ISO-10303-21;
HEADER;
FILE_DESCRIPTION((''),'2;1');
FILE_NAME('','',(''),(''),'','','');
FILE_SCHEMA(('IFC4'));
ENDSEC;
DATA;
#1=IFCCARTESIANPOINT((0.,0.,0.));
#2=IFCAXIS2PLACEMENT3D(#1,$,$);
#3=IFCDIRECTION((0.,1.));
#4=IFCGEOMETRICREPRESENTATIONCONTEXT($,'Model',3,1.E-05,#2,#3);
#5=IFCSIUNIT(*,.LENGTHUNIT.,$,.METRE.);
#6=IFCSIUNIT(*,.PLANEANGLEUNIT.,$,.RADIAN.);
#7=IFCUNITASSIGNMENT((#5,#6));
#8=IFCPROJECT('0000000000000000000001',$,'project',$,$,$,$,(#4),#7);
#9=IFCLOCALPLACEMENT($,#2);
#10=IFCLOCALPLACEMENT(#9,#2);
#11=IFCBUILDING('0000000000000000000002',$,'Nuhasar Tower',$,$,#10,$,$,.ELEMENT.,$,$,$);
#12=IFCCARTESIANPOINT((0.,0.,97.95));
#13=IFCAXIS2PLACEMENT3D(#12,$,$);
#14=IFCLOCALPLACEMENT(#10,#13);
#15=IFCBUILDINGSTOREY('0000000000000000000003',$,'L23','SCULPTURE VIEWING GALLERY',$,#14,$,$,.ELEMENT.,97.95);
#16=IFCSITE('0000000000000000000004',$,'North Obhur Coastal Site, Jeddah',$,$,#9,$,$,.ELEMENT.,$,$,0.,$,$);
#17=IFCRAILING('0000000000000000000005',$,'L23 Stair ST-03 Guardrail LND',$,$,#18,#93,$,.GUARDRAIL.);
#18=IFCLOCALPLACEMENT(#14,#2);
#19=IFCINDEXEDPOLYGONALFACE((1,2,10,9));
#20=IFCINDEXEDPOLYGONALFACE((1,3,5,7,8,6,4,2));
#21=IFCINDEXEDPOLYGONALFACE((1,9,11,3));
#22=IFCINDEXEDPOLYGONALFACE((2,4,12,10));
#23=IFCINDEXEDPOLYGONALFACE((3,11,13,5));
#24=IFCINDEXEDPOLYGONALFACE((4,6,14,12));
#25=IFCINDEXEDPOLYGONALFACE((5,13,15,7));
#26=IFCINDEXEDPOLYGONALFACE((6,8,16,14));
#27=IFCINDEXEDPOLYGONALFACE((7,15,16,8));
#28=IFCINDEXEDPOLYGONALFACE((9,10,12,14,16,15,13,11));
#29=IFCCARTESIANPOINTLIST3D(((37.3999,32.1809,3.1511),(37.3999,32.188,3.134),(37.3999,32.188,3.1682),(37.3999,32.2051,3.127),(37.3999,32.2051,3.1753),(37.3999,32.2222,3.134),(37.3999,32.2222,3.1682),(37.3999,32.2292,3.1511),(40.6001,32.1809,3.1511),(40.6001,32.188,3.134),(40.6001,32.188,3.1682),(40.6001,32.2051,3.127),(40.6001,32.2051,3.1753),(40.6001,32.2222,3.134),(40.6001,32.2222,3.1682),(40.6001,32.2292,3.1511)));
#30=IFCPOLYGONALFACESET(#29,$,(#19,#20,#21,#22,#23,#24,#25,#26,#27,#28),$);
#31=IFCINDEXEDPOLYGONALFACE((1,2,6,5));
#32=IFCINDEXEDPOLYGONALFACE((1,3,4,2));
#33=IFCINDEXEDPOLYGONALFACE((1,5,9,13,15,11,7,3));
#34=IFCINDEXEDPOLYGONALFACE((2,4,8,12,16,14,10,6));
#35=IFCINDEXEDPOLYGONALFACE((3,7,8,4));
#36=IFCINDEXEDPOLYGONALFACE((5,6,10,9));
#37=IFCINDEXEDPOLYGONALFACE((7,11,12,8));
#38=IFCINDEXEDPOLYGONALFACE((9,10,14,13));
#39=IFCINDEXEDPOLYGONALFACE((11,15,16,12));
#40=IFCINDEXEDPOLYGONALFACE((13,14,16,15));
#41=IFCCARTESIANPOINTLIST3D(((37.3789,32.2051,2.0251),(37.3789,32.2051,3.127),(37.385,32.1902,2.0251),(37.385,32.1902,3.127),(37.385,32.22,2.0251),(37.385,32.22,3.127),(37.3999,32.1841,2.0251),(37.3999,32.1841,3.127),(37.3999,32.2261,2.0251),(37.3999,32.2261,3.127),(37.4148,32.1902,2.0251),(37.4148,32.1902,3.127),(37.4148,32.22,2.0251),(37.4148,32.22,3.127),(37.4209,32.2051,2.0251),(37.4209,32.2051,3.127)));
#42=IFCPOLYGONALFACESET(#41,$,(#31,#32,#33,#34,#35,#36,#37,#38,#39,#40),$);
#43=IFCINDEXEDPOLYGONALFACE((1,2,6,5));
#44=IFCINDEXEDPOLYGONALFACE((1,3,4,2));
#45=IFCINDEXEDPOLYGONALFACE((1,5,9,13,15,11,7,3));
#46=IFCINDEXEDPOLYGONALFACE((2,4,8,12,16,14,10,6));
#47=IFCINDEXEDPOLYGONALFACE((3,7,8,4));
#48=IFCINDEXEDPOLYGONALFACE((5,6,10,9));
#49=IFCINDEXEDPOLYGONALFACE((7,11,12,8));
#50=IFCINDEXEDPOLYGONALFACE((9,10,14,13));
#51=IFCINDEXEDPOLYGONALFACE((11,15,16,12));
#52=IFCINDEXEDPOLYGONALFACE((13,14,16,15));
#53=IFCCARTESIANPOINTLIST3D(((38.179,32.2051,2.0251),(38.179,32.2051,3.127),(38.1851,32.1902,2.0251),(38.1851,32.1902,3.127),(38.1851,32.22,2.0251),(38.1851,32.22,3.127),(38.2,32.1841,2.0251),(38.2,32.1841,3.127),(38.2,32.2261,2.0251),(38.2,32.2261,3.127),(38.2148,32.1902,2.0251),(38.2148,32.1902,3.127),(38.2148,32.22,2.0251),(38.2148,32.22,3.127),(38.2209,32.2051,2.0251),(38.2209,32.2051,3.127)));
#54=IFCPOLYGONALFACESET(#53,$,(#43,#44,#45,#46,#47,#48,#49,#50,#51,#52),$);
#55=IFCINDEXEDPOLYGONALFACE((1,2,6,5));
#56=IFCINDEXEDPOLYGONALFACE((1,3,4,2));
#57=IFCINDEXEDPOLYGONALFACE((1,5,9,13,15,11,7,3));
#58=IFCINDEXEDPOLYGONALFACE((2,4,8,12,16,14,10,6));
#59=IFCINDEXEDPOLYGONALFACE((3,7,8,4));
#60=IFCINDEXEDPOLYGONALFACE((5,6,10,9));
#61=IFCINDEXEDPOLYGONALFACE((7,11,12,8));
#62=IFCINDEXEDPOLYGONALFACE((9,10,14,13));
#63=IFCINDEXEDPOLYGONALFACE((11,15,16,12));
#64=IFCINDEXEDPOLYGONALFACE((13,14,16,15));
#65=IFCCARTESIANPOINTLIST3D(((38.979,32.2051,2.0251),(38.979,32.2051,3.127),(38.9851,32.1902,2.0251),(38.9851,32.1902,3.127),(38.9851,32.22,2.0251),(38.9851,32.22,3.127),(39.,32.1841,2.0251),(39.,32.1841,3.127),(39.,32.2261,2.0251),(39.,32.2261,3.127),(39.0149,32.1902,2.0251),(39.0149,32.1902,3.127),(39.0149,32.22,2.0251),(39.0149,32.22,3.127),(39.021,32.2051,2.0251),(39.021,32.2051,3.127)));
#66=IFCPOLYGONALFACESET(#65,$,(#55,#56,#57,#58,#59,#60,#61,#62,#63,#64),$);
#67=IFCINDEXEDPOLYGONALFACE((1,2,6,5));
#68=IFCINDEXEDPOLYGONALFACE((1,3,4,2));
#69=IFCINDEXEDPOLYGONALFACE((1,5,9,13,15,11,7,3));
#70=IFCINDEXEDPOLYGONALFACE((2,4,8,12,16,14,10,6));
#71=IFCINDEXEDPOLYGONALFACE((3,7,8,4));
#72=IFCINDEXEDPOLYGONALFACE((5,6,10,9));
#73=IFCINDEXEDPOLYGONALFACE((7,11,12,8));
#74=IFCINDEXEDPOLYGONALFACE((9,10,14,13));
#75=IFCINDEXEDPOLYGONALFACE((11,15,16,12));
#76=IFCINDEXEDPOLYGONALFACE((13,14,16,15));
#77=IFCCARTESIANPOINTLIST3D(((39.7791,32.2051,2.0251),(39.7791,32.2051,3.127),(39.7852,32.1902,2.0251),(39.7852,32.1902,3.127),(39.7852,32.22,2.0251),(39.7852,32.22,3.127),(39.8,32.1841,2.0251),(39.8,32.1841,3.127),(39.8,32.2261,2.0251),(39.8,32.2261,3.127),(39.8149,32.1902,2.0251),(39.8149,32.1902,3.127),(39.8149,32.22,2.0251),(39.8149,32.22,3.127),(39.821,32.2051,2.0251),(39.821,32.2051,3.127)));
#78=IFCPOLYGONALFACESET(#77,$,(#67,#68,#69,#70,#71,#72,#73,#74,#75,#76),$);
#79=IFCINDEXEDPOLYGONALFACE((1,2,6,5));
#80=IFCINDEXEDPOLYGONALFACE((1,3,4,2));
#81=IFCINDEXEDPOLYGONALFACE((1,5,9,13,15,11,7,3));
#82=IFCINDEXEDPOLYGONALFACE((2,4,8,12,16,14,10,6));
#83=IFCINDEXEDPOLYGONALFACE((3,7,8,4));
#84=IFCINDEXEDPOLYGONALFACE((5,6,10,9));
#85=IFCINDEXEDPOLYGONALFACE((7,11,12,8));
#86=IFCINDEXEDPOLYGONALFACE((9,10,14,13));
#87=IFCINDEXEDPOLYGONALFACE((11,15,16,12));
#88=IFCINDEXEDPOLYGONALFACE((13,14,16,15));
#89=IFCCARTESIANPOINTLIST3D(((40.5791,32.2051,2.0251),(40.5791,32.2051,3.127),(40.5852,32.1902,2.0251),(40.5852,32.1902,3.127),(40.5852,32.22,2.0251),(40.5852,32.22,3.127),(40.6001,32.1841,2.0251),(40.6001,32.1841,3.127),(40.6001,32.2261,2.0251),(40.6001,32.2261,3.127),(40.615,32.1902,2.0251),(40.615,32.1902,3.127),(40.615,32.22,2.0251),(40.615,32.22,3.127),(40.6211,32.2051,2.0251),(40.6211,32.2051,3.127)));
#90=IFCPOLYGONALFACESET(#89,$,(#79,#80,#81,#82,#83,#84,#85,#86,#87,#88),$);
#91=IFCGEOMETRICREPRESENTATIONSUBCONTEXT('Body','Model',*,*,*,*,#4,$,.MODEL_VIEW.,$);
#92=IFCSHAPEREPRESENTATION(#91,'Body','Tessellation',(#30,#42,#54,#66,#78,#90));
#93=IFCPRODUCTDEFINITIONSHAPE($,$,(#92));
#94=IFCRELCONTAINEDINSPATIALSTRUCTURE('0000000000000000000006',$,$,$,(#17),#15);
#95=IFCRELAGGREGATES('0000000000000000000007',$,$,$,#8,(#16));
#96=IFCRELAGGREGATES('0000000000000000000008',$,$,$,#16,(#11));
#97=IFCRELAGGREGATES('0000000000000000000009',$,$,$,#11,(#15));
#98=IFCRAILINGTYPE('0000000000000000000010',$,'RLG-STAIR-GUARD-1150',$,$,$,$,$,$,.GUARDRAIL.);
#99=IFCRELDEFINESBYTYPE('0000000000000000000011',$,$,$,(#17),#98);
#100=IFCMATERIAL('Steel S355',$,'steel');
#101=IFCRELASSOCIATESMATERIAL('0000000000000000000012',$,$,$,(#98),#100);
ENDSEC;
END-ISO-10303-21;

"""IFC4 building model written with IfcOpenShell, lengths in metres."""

from ifc_helpers import new_model, si_unit, direction, frame, origin, place, context, subcontext, project, spatial, polyline, outline, extrude, material, type_object, element, save


model = new_model("IFC4")

# Units and contexts
model_context = context("Model", 3, precision=1e-05, world=origin(), true_north=direction((0.0, 1.0)))
body_context = subcontext(model_context, "Body", "Model", "MODEL_VIEW")
ifc_project = project(units=[si_unit("LENGTHUNIT", "METRE"), si_unit("PLANEANGLEUNIT", "RADIAN")], contexts=[model_context])

# Site, building, storey
site_placement = place(None, origin())
site = spatial("IfcSite", under=ifc_project, at=site_placement, Name="North Obhur Coastal Site, Jeddah", CompositionType="ELEMENT", RefElevation=0.0)
building_placement = place(site_placement, origin())
building = spatial("IfcBuilding", under=site, at=building_placement, Name="Nuhasar Tower", CompositionType="ELEMENT")
storey_placement = place(building_placement, frame((0.0, 0.0, 97.95)))
storey = spatial("IfcBuildingStorey", under=building, at=storey_placement, Name="L23", Description="SCULPTURE VIEWING GALLERY", CompositionType="ELEMENT", Elevation=97.95)

# Shared definitions
ifc_material_1 = material(Name="Steel S355", Category="steel")

# Railing
railing_type_1 = type_object("IfcRailingType", Name="RLG-STAIR-GUARD-1150", PredefinedType="GUARDRAIL", material=ifc_material_1)
railing_1_placement = place(storey_placement, frame((37.3999, 32.2051, 2.0251)))
element("IfcRailing", 1, at=railing_1_placement, inside=storey, type_object=railing_type_1, Name="L23 Stair ST-03 Guardrail LND", PredefinedType="GUARDRAIL", context=body_context, shape_type="SweptSolid", body=[
    extrude(outline(polyline([(0.0242, 0.0), (0.0171, 0.0171), (0.0, 0.0242), (-0.0171, 0.0171), (-0.0242, 0.0), (-0.0171, -0.0171), (0.0, -0.0242), (0.0171, -0.0171), (0.0242, 0.0)])), frame((0.0, 0.0, 1.126), z_axis=(1.0, 0.0, 0.0), x_axis=(0.0, 1.0, 0.0)), (0.0, 0.0, 1.0), 3.2002),
    extrude(outline(polyline([(0.021, 0.0), (0.0149, 0.0149), (0.0, 0.021), (-0.0149, 0.0149), (-0.021, 0.0), (-0.0149, -0.0149), (0.0, -0.021), (0.0149, -0.0149), (0.021, 0.0)])), origin(), (0.0, 0.0, 1.0), 1.1018),
    extrude(outline(polyline([(0.021, 0.0), (0.0149, 0.0149), (0.0, 0.021), (-0.0149, 0.0149), (-0.021, 0.0), (-0.0149, -0.0149), (0.0, -0.021), (0.0149, -0.0149), (0.021, 0.0)])), frame((0.8, 0.0, 0.0)), (0.0, 0.0, 1.0), 1.1018),
    extrude(outline(polyline([(0.021, 0.0), (0.0149, 0.0149), (0.0, 0.021), (-0.0149, 0.0149), (-0.021, 0.0), (-0.0149, -0.0149), (0.0, -0.021), (0.0149, -0.0149), (0.021, 0.0)])), frame((1.6001, 0.0, 0.0)), (0.0, 0.0, 1.0), 1.1018),
    extrude(outline(polyline([(0.021, 0.0), (0.0149, 0.0149), (0.0, 0.021), (-0.0149, 0.0149), (-0.021, 0.0), (-0.0149, -0.0149), (0.0, -0.021), (0.0149, -0.0149), (0.021, 0.0)])), frame((2.4001, 0.0, 0.0)), (0.0, 0.0, 1.0), 1.1018),
    extrude(outline(polyline([(0.021, 0.0), (0.0149, 0.0149), (0.0, 0.021), (-0.0149, 0.0149), (-0.021, 0.0), (-0.0149, -0.0149), (0.0, -0.021), (0.0149, -0.0149), (0.021, 0.0)])), frame((3.2002, 0.0, 0.0)), (0.0, 0.0, 1.0), 1.1018),
])

save(model, "model.ifc")
